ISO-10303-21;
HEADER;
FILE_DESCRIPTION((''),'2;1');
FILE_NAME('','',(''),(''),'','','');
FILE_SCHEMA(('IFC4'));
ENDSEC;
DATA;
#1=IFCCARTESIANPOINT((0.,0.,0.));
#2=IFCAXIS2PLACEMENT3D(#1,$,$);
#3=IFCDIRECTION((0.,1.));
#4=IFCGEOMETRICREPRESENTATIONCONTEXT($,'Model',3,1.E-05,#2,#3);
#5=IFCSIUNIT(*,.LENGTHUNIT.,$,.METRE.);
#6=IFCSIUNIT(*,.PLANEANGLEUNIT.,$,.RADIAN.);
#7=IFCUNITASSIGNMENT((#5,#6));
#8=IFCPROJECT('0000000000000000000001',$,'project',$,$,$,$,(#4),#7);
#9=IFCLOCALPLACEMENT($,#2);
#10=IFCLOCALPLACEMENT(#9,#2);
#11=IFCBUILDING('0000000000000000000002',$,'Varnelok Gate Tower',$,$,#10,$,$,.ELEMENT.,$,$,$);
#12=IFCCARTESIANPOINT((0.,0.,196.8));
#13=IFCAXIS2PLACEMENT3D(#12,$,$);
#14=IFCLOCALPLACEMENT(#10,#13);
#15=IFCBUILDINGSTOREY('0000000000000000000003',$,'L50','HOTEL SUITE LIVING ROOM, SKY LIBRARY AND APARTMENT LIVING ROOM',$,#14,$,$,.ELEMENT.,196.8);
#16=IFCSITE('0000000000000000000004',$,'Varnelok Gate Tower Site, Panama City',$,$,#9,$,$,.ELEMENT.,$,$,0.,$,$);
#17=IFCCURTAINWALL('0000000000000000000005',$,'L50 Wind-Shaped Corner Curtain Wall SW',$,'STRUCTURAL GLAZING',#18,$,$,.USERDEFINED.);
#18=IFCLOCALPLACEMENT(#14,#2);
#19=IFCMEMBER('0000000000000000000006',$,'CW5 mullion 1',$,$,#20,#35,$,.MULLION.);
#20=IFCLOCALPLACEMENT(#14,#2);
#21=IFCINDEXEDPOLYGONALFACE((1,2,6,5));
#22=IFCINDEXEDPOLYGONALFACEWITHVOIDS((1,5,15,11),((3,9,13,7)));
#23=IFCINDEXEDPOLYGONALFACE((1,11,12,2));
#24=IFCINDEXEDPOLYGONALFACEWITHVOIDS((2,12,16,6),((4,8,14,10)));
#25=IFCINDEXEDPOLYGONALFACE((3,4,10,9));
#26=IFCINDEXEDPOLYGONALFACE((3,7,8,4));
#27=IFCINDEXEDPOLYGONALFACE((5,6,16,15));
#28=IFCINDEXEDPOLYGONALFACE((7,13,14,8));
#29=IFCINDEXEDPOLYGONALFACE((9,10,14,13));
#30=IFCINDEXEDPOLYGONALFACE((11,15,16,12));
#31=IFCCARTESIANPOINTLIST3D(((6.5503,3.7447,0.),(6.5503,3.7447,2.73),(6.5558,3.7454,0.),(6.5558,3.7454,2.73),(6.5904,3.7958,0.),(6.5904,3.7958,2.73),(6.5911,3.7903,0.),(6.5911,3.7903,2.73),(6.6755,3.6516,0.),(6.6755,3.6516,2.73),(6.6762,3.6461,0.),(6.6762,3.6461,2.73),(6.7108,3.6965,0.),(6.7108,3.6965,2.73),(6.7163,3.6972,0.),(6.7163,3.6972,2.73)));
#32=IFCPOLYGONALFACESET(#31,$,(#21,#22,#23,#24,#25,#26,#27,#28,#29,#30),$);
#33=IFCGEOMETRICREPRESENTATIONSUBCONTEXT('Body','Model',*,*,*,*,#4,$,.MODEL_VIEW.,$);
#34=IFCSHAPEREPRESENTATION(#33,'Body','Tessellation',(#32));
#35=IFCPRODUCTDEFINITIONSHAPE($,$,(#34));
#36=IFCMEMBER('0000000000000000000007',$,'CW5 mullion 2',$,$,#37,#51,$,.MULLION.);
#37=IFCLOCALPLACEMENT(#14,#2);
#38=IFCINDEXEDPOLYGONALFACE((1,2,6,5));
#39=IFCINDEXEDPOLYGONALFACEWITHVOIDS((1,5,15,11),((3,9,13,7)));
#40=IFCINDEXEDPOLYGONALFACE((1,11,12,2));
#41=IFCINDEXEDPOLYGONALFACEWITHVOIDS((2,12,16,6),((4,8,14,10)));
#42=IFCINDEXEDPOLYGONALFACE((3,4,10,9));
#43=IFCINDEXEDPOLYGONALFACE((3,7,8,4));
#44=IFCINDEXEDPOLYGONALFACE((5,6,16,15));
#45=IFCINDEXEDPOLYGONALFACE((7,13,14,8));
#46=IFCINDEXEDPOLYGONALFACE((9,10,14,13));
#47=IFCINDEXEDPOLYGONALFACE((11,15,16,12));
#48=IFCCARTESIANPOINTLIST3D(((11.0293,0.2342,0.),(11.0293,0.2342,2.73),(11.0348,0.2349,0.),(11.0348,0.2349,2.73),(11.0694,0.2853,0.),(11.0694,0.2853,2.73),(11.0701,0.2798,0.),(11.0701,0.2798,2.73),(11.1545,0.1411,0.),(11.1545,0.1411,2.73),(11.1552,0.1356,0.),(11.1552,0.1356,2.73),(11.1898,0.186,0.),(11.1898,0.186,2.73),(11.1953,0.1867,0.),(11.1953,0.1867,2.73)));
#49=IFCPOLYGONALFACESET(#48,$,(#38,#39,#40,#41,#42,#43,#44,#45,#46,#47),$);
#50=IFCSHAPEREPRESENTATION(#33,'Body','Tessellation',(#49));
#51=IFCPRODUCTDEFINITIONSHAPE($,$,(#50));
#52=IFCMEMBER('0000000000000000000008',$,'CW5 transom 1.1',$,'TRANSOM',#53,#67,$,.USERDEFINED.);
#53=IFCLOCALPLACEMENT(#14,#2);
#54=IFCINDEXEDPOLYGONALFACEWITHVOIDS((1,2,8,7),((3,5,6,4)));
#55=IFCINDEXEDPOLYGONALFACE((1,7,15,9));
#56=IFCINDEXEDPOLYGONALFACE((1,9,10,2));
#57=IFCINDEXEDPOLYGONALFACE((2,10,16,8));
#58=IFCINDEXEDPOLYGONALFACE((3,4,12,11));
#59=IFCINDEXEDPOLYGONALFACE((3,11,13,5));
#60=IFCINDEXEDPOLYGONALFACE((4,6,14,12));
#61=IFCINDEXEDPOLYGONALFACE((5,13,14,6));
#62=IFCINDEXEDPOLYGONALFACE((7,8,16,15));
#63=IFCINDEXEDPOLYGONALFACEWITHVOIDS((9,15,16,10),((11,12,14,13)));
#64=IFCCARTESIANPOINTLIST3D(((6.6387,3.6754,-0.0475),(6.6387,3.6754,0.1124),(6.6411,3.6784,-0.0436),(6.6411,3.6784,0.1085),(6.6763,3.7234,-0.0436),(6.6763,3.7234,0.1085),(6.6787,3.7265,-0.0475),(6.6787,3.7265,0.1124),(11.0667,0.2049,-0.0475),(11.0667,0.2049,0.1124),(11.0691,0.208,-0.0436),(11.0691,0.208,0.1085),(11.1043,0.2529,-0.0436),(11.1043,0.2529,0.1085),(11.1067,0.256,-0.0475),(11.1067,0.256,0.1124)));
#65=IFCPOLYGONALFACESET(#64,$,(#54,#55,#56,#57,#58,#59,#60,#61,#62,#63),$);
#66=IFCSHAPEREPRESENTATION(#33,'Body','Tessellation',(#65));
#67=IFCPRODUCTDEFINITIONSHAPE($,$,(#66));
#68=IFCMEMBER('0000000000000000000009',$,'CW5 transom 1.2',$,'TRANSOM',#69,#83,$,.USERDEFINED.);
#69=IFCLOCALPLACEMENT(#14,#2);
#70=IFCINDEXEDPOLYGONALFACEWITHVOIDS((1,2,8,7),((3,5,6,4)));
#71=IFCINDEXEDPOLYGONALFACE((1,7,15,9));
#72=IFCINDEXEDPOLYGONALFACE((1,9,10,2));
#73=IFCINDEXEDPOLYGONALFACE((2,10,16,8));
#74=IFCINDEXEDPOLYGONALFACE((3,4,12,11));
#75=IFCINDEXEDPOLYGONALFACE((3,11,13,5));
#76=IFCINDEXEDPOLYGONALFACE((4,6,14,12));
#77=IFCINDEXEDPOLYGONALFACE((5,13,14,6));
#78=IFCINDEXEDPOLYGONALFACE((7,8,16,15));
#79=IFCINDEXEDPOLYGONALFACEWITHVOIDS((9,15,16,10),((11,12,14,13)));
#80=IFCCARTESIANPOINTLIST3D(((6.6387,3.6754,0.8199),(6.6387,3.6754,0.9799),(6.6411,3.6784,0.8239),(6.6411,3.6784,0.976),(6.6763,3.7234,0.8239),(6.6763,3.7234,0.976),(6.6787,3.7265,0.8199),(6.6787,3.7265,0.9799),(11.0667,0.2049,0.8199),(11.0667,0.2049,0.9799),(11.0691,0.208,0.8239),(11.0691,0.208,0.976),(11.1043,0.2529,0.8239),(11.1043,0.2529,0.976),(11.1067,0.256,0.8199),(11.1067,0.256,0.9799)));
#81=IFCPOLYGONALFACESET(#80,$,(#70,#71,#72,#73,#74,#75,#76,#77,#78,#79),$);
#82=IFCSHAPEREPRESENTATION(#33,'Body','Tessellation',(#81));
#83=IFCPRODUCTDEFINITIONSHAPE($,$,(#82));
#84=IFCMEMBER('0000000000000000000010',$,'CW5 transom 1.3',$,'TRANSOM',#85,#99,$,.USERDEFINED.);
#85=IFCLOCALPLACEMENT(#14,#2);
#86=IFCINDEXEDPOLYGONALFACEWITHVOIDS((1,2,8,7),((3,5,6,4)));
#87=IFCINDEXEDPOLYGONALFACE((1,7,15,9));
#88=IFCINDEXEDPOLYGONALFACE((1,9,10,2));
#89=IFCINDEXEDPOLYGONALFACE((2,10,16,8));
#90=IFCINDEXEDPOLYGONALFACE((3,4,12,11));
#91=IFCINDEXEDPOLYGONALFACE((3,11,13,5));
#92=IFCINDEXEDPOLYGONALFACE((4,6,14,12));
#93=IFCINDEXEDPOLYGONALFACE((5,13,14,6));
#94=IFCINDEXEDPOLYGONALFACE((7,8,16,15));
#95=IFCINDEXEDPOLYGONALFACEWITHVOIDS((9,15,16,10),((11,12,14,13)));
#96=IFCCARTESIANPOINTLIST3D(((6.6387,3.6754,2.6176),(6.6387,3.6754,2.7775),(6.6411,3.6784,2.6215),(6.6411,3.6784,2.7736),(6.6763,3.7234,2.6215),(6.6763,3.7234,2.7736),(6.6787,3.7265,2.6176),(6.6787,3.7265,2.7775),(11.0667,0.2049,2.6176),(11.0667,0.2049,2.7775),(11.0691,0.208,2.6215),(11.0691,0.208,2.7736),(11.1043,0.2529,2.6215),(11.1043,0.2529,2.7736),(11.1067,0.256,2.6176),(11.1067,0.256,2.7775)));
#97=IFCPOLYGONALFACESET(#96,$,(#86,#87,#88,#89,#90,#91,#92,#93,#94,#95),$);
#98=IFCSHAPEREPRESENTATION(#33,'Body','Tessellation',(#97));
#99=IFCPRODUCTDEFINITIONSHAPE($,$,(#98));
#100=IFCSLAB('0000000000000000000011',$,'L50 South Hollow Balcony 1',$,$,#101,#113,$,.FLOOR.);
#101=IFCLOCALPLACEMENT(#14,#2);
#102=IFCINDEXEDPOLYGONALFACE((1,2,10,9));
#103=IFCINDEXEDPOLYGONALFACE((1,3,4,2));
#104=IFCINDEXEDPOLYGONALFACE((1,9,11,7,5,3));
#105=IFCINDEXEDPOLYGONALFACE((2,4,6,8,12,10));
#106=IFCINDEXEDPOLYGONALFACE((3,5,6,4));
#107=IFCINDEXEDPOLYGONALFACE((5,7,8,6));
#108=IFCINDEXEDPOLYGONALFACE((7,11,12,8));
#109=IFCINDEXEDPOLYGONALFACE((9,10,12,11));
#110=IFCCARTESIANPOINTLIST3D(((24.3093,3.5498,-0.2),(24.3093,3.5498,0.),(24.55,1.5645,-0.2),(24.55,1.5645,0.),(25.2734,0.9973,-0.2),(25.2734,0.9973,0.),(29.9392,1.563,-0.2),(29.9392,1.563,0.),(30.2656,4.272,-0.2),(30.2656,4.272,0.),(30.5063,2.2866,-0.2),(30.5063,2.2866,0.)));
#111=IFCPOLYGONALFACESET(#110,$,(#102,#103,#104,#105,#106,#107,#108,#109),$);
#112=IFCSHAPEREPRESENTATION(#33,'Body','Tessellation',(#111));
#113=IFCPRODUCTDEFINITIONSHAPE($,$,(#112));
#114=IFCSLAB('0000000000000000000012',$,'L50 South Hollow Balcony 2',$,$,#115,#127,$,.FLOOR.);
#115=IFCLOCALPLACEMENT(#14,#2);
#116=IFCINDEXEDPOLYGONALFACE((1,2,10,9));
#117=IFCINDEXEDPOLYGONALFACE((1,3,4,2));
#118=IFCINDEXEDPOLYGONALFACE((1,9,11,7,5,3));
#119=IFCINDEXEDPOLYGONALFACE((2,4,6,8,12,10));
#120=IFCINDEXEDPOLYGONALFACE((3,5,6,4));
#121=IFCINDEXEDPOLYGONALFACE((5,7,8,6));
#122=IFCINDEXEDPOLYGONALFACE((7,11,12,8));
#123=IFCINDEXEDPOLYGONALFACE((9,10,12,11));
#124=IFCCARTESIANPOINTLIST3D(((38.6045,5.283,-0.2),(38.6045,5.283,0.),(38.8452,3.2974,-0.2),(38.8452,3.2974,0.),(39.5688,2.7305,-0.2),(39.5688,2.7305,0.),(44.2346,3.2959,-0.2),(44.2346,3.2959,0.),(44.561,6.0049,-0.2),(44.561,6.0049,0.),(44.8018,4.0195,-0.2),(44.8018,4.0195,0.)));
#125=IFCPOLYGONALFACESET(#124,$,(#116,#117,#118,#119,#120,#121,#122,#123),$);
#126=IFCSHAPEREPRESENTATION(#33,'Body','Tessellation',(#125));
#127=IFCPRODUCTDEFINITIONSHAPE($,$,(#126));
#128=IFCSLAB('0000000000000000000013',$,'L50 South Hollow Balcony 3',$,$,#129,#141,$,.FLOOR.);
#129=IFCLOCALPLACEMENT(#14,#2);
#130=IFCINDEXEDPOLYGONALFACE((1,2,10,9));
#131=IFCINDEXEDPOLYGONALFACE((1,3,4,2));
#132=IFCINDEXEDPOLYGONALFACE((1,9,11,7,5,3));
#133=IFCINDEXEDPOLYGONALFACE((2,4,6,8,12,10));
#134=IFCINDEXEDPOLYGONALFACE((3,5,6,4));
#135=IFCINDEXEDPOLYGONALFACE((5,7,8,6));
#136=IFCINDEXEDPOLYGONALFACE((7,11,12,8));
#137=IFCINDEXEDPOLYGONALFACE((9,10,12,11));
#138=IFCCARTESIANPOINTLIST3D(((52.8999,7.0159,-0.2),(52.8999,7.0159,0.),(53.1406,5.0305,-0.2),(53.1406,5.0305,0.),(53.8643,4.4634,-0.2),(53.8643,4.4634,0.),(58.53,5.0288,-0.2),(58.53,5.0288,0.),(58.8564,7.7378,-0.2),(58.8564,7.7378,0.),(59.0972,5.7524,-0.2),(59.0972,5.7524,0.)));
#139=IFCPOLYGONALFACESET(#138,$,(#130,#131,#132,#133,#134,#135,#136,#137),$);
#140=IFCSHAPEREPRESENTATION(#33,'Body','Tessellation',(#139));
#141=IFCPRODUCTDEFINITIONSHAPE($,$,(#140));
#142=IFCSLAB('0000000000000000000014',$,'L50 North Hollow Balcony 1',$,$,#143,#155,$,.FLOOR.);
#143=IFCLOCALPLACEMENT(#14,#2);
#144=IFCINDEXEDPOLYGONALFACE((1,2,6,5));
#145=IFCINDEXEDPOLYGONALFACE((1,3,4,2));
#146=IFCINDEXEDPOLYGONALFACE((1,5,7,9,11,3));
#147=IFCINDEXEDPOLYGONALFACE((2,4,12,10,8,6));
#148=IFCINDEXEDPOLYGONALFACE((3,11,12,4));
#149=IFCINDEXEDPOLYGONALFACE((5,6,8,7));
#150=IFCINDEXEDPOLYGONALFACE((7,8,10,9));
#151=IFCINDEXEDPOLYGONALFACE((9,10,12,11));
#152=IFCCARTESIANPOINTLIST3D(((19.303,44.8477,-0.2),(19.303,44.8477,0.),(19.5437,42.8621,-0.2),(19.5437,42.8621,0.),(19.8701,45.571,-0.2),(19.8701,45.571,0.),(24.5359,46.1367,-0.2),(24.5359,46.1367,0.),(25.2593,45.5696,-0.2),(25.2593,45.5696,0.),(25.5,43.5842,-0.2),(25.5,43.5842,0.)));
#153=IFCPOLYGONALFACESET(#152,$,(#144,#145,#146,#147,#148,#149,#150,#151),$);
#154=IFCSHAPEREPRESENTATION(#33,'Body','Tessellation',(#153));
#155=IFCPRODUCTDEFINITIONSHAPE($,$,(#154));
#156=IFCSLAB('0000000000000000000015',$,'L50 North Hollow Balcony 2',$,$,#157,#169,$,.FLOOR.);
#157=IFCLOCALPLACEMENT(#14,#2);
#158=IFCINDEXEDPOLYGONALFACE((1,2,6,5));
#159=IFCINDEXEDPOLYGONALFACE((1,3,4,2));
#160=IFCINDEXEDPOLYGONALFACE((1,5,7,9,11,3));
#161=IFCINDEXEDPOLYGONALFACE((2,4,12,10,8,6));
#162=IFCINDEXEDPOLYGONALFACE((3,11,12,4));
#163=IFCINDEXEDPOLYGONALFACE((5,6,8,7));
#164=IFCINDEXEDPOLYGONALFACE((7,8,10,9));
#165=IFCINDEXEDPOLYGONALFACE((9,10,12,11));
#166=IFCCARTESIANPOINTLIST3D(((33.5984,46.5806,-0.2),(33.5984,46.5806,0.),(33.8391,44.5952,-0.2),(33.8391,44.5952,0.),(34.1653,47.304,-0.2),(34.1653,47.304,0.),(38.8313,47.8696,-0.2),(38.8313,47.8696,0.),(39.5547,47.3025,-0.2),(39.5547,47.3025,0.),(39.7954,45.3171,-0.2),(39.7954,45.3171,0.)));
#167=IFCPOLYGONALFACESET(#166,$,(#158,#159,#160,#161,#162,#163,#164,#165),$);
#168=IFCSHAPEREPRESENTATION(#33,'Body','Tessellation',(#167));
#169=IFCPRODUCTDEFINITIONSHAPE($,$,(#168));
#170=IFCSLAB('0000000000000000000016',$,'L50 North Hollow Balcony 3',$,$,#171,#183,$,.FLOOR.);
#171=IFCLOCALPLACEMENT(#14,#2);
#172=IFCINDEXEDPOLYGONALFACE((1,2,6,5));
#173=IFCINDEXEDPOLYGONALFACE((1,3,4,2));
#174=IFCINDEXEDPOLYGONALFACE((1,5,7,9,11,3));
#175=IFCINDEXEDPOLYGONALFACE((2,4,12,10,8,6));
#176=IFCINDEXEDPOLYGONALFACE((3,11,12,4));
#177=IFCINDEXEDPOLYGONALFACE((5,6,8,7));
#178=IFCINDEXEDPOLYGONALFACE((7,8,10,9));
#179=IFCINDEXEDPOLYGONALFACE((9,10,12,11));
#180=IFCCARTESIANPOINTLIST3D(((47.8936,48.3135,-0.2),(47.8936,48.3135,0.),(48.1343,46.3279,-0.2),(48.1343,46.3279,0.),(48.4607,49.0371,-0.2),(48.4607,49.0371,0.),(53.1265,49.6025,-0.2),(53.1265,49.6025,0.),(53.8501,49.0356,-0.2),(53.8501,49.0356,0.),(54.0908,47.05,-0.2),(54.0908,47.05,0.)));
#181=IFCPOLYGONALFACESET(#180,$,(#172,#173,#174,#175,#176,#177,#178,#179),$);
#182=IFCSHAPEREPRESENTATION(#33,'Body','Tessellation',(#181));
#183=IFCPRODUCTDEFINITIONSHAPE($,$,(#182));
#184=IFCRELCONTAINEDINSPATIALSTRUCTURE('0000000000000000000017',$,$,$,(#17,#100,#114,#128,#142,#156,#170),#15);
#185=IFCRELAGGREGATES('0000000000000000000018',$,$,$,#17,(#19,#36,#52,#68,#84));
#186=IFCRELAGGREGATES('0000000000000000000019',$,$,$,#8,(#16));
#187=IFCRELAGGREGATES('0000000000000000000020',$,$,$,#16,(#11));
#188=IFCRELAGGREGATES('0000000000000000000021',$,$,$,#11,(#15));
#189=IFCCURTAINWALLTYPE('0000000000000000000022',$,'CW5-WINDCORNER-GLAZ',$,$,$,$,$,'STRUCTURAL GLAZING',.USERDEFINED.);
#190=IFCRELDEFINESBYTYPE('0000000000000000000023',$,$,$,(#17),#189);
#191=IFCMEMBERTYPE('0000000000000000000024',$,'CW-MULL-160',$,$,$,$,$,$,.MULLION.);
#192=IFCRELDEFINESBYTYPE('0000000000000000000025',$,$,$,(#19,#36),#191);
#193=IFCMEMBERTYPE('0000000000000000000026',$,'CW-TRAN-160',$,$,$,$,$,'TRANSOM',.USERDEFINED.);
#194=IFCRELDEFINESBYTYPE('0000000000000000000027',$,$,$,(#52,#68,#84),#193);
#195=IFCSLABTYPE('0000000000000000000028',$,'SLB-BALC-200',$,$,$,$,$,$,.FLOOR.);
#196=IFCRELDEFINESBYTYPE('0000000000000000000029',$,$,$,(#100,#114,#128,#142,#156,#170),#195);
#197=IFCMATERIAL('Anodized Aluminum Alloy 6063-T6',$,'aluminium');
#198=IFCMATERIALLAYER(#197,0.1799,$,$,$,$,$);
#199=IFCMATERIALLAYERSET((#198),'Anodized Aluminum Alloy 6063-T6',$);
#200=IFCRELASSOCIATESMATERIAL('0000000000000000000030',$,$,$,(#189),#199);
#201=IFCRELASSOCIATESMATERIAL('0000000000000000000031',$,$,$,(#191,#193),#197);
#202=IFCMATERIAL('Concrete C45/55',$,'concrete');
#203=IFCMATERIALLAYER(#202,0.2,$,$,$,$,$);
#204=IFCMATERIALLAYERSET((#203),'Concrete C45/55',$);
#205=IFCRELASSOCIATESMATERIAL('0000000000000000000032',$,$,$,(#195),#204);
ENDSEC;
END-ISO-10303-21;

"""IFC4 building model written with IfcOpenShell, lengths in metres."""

from ifc_helpers import new_model, si_unit, direction, frame, origin, origin_2d, place, context, subcontext, project, spatial, polyline, hollow_rectangle, outline, extrude, material, layer, layer_set, material_profile, profile_set, type_object, element, aggregate, save


model = new_model("IFC4")

# Units and contexts
model_context = context("Model", 3, precision=1e-05, world=origin(), true_north=direction((0.0, 1.0)))
body_context = subcontext(model_context, "Body", "Model", "MODEL_VIEW")
ifc_project = project(units=[si_unit("LENGTHUNIT", "METRE"), si_unit("PLANEANGLEUNIT", "RADIAN")], contexts=[model_context])

# Site, building, storey
site_placement = place(None, origin())
site = spatial("IfcSite", under=ifc_project, at=site_placement, Name="Varnelok Gate Tower Site, Panama City", CompositionType="ELEMENT", RefElevation=0.0)
building_placement = place(site_placement, origin())
building = spatial("IfcBuilding", under=site, at=building_placement, Name="Varnelok Gate Tower", CompositionType="ELEMENT")
storey_placement = place(building_placement, frame((0.0, 0.0, 196.8)))
storey = spatial("IfcBuildingStorey", under=building, at=storey_placement, Name="L50", Description="HOTEL SUITE LIVING ROOM, SKY LIBRARY AND APARTMENT LIVING ROOM", CompositionType="ELEMENT", Elevation=196.8)

# Curtain wall, members
ifc_material_1 = material(Name="Anodized Aluminum Alloy 6063-T6", Category="aluminium")
ifc_layer_1 = layer(ifc_material_1, 0.1799)
ifc_layer_set_1 = layer_set([ifc_layer_1], Name="Anodized Aluminum Alloy 6063-T6")
curtain_wall_type = type_object("IfcCurtainWallType", Name="CW5-WINDCORNER-GLAZ", ElementType="STRUCTURAL GLAZING", PredefinedType="USERDEFINED", material=ifc_layer_set_1)
curtain_wall_placement = place(storey_placement, origin())
curtain_wall = element("IfcCurtainWall", 1, at=curtain_wall_placement, inside=storey, type_object=curtain_wall_type, Name="L50 Wind-Shaped Corner Curtain Wall SW", ObjectType="STRUCTURAL GLAZING", PredefinedType="USERDEFINED")
ifc_material_profile_1 = material_profile(ifc_material_1, hollow_rectangle(XDim=0.0649, YDim=0.1599, WallThickness=0.0039, at=origin_2d()), Name="ALU160X65X4")
ifc_profile_set_1 = profile_set([ifc_material_profile_1], Name="Anodized Aluminum Alloy 6063-T6")
member_type_1 = type_object("IfcMemberType", Name="CW-MULL-160", PredefinedType="MULLION", material=ifc_profile_set_1)
member_1_placement = place(storey_placement, frame((6.6333, 3.7209, 0.0), z_axis=(0.0, 0.0, 1.0), x_axis=(0.616863, 0.787071, 0.0)))
member_1 = element("IfcMember", 2, at=member_1_placement, type_object=member_type_1, Name="CW5 mullion 1", PredefinedType="MULLION", context=body_context, shape_type="SweptSolid", body=[
    extrude(hollow_rectangle(XDim=0.0649, YDim=0.1599, WallThickness=0.0039, at=origin_2d()), origin(), (0.0, 0.0, 1.0), 2.73),
])
member_2_placement = place(storey_placement, frame((11.1123, 0.2104, 0.0), z_axis=(0.0, 0.0, 1.0), x_axis=(0.616863, 0.787071, 0.0)))
member_2 = element("IfcMember", 3, at=member_2_placement, type_object=member_type_1, Name="CW5 mullion 2", PredefinedType="MULLION", context=body_context, shape_type="SweptSolid", body=[
    extrude(hollow_rectangle(XDim=0.0649, YDim=0.1599, WallThickness=0.0039, at=origin_2d()), origin(), (0.0, 0.0, 1.0), 2.73),
])
ifc_material_profile_2 = material_profile(ifc_material_1, hollow_rectangle(XDim=0.0649, YDim=0.1599, WallThickness=0.0039, at=origin_2d()), Name="ALU160X65X4")
ifc_profile_set_2 = profile_set([ifc_material_profile_2], Name="Anodized Aluminum Alloy 6063-T6")
member_type_2 = type_object("IfcMemberType", Name="CW-TRAN-160", ElementType="TRANSOM", PredefinedType="USERDEFINED", material=ifc_profile_set_2)
member_3_placement = place(storey_placement, frame((6.6587, 3.7009, 0.0325), z_axis=(0.787066, -0.616869, 0.0), x_axis=(0.616869, 0.787066, 0.0)))
member_3 = element("IfcMember", 4, at=member_3_placement, type_object=member_type_2, Name="CW5 transom 1.1", ObjectType="TRANSOM", PredefinedType="USERDEFINED", context=body_context, shape_type="SweptSolid", body=[
    extrude(hollow_rectangle(XDim=0.0649, YDim=0.1599, WallThickness=0.0039, at=origin_2d()), origin(), (0.0, 0.0, 1.0), 5.626),
])
member_4_placement = place(storey_placement, frame((6.6587, 3.7009, 0.8999), z_axis=(0.787066, -0.616869, 0.0), x_axis=(0.616869, 0.787066, 0.0)))
member_4 = element("IfcMember", 5, at=member_4_placement, type_object=member_type_2, Name="CW5 transom 1.2", ObjectType="TRANSOM", PredefinedType="USERDEFINED", context=body_context, shape_type="SweptSolid", body=[
    extrude(hollow_rectangle(XDim=0.0649, YDim=0.1599, WallThickness=0.0039, at=origin_2d()), origin(), (0.0, 0.0, 1.0), 5.626),
])
member_5_placement = place(storey_placement, frame((6.6587, 3.7009, 2.6975), z_axis=(0.787066, -0.616869, 0.0), x_axis=(0.616869, 0.787066, 0.0)))
member_5 = element("IfcMember", 6, at=member_5_placement, type_object=member_type_2, Name="CW5 transom 1.3", ObjectType="TRANSOM", PredefinedType="USERDEFINED", context=body_context, shape_type="SweptSolid", body=[
    extrude(hollow_rectangle(XDim=0.0649, YDim=0.1599, WallThickness=0.0039, at=origin_2d()), origin(), (0.0, 0.0, 1.0), 5.626),
])

# Slabs
ifc_material_2 = material(Name="Concrete C45/55", Category="concrete")
ifc_layer_2 = layer(ifc_material_2, 0.2)
ifc_layer_set_2 = layer_set([ifc_layer_2], Name="Concrete C45/55")
slab_type_1 = type_object("IfcSlabType", Name="SLB-BALC-200", PredefinedType="FLOOR", material=ifc_layer_set_2)
slab_1_placement = place(storey_placement, frame((0.0, 0.0, -0.2)))
element("IfcSlab", 7, at=slab_1_placement, inside=storey, type_object=slab_type_1, Name="L50 South Hollow Balcony 1", PredefinedType="FLOOR", context=body_context, shape_type="SweptSolid", body=[
    extrude(outline(polyline([(24.55, 1.5645), (25.2734, 0.9973), (29.9392, 1.563), (30.5063, 2.2866), (30.2656, 4.272), (24.3093, 3.5498), (24.55, 1.5645)])), origin(), (0.0, 0.0, 1.0), 0.2),
])
slab_2_placement = place(storey_placement, frame((0.0, 0.0, -0.2)))
element("IfcSlab", 8, at=slab_2_placement, inside=storey, type_object=slab_type_1, Name="L50 South Hollow Balcony 2", PredefinedType="FLOOR", context=body_context, shape_type="SweptSolid", body=[
    extrude(outline(polyline([(38.8452, 3.2974), (39.5688, 2.7305), (44.2346, 3.2959), (44.8018, 4.0195), (44.561, 6.0049), (38.6045, 5.283), (38.8452, 3.2974)])), origin(), (0.0, 0.0, 1.0), 0.2),
])
slab_3_placement = place(storey_placement, frame((0.0, 0.0, -0.2)))
element("IfcSlab", 9, at=slab_3_placement, inside=storey, type_object=slab_type_1, Name="L50 South Hollow Balcony 3", PredefinedType="FLOOR", context=body_context, shape_type="SweptSolid", body=[
    extrude(outline(polyline([(53.1406, 5.0305), (53.8643, 4.4634), (58.53, 5.0288), (59.0972, 5.7524), (58.8564, 7.7378), (52.8999, 7.0159), (53.1406, 5.0305)])), origin(), (0.0, 0.0, 1.0), 0.2),
])
slab_4_placement = place(storey_placement, frame((0.0, 0.0, -0.2)))
element("IfcSlab", 10, at=slab_4_placement, inside=storey, type_object=slab_type_1, Name="L50 North Hollow Balcony 1", PredefinedType="FLOOR", context=body_context, shape_type="SweptSolid", body=[
    extrude(outline(polyline([(19.5437, 42.8621), (25.5, 43.5842), (25.2593, 45.5696), (24.5359, 46.1367), (19.8701, 45.571), (19.303, 44.8477), (19.5437, 42.8621)])), origin(), (0.0, 0.0, 1.0), 0.2),
])
slab_5_placement = place(storey_placement, frame((0.0, 0.0, -0.2)))
element("IfcSlab", 11, at=slab_5_placement, inside=storey, type_object=slab_type_1, Name="L50 North Hollow Balcony 2", PredefinedType="FLOOR", context=body_context, shape_type="SweptSolid", body=[
    extrude(outline(polyline([(33.8391, 44.5952), (39.7954, 45.3171), (39.5547, 47.3025), (38.8313, 47.8696), (34.1653, 47.304), (33.5984, 46.5806), (33.8391, 44.5952)])), origin(), (0.0, 0.0, 1.0), 0.2),
])
slab_6_placement = place(storey_placement, frame((0.0, 0.0, -0.2)))
element("IfcSlab", 12, at=slab_6_placement, inside=storey, type_object=slab_type_1, Name="L50 North Hollow Balcony 3", PredefinedType="FLOOR", context=body_context, shape_type="SweptSolid", body=[
    extrude(outline(polyline([(48.1343, 46.3279), (54.0908, 47.05), (53.8501, 49.0356), (53.1265, 49.6025), (48.4607, 49.0371), (47.8936, 48.3135), (48.1343, 46.3279)])), origin(), (0.0, 0.0, 1.0), 0.2),
])

aggregate(curtain_wall, [member_1, member_2, member_3, member_4, member_5])

save(model, "model.ifc")
